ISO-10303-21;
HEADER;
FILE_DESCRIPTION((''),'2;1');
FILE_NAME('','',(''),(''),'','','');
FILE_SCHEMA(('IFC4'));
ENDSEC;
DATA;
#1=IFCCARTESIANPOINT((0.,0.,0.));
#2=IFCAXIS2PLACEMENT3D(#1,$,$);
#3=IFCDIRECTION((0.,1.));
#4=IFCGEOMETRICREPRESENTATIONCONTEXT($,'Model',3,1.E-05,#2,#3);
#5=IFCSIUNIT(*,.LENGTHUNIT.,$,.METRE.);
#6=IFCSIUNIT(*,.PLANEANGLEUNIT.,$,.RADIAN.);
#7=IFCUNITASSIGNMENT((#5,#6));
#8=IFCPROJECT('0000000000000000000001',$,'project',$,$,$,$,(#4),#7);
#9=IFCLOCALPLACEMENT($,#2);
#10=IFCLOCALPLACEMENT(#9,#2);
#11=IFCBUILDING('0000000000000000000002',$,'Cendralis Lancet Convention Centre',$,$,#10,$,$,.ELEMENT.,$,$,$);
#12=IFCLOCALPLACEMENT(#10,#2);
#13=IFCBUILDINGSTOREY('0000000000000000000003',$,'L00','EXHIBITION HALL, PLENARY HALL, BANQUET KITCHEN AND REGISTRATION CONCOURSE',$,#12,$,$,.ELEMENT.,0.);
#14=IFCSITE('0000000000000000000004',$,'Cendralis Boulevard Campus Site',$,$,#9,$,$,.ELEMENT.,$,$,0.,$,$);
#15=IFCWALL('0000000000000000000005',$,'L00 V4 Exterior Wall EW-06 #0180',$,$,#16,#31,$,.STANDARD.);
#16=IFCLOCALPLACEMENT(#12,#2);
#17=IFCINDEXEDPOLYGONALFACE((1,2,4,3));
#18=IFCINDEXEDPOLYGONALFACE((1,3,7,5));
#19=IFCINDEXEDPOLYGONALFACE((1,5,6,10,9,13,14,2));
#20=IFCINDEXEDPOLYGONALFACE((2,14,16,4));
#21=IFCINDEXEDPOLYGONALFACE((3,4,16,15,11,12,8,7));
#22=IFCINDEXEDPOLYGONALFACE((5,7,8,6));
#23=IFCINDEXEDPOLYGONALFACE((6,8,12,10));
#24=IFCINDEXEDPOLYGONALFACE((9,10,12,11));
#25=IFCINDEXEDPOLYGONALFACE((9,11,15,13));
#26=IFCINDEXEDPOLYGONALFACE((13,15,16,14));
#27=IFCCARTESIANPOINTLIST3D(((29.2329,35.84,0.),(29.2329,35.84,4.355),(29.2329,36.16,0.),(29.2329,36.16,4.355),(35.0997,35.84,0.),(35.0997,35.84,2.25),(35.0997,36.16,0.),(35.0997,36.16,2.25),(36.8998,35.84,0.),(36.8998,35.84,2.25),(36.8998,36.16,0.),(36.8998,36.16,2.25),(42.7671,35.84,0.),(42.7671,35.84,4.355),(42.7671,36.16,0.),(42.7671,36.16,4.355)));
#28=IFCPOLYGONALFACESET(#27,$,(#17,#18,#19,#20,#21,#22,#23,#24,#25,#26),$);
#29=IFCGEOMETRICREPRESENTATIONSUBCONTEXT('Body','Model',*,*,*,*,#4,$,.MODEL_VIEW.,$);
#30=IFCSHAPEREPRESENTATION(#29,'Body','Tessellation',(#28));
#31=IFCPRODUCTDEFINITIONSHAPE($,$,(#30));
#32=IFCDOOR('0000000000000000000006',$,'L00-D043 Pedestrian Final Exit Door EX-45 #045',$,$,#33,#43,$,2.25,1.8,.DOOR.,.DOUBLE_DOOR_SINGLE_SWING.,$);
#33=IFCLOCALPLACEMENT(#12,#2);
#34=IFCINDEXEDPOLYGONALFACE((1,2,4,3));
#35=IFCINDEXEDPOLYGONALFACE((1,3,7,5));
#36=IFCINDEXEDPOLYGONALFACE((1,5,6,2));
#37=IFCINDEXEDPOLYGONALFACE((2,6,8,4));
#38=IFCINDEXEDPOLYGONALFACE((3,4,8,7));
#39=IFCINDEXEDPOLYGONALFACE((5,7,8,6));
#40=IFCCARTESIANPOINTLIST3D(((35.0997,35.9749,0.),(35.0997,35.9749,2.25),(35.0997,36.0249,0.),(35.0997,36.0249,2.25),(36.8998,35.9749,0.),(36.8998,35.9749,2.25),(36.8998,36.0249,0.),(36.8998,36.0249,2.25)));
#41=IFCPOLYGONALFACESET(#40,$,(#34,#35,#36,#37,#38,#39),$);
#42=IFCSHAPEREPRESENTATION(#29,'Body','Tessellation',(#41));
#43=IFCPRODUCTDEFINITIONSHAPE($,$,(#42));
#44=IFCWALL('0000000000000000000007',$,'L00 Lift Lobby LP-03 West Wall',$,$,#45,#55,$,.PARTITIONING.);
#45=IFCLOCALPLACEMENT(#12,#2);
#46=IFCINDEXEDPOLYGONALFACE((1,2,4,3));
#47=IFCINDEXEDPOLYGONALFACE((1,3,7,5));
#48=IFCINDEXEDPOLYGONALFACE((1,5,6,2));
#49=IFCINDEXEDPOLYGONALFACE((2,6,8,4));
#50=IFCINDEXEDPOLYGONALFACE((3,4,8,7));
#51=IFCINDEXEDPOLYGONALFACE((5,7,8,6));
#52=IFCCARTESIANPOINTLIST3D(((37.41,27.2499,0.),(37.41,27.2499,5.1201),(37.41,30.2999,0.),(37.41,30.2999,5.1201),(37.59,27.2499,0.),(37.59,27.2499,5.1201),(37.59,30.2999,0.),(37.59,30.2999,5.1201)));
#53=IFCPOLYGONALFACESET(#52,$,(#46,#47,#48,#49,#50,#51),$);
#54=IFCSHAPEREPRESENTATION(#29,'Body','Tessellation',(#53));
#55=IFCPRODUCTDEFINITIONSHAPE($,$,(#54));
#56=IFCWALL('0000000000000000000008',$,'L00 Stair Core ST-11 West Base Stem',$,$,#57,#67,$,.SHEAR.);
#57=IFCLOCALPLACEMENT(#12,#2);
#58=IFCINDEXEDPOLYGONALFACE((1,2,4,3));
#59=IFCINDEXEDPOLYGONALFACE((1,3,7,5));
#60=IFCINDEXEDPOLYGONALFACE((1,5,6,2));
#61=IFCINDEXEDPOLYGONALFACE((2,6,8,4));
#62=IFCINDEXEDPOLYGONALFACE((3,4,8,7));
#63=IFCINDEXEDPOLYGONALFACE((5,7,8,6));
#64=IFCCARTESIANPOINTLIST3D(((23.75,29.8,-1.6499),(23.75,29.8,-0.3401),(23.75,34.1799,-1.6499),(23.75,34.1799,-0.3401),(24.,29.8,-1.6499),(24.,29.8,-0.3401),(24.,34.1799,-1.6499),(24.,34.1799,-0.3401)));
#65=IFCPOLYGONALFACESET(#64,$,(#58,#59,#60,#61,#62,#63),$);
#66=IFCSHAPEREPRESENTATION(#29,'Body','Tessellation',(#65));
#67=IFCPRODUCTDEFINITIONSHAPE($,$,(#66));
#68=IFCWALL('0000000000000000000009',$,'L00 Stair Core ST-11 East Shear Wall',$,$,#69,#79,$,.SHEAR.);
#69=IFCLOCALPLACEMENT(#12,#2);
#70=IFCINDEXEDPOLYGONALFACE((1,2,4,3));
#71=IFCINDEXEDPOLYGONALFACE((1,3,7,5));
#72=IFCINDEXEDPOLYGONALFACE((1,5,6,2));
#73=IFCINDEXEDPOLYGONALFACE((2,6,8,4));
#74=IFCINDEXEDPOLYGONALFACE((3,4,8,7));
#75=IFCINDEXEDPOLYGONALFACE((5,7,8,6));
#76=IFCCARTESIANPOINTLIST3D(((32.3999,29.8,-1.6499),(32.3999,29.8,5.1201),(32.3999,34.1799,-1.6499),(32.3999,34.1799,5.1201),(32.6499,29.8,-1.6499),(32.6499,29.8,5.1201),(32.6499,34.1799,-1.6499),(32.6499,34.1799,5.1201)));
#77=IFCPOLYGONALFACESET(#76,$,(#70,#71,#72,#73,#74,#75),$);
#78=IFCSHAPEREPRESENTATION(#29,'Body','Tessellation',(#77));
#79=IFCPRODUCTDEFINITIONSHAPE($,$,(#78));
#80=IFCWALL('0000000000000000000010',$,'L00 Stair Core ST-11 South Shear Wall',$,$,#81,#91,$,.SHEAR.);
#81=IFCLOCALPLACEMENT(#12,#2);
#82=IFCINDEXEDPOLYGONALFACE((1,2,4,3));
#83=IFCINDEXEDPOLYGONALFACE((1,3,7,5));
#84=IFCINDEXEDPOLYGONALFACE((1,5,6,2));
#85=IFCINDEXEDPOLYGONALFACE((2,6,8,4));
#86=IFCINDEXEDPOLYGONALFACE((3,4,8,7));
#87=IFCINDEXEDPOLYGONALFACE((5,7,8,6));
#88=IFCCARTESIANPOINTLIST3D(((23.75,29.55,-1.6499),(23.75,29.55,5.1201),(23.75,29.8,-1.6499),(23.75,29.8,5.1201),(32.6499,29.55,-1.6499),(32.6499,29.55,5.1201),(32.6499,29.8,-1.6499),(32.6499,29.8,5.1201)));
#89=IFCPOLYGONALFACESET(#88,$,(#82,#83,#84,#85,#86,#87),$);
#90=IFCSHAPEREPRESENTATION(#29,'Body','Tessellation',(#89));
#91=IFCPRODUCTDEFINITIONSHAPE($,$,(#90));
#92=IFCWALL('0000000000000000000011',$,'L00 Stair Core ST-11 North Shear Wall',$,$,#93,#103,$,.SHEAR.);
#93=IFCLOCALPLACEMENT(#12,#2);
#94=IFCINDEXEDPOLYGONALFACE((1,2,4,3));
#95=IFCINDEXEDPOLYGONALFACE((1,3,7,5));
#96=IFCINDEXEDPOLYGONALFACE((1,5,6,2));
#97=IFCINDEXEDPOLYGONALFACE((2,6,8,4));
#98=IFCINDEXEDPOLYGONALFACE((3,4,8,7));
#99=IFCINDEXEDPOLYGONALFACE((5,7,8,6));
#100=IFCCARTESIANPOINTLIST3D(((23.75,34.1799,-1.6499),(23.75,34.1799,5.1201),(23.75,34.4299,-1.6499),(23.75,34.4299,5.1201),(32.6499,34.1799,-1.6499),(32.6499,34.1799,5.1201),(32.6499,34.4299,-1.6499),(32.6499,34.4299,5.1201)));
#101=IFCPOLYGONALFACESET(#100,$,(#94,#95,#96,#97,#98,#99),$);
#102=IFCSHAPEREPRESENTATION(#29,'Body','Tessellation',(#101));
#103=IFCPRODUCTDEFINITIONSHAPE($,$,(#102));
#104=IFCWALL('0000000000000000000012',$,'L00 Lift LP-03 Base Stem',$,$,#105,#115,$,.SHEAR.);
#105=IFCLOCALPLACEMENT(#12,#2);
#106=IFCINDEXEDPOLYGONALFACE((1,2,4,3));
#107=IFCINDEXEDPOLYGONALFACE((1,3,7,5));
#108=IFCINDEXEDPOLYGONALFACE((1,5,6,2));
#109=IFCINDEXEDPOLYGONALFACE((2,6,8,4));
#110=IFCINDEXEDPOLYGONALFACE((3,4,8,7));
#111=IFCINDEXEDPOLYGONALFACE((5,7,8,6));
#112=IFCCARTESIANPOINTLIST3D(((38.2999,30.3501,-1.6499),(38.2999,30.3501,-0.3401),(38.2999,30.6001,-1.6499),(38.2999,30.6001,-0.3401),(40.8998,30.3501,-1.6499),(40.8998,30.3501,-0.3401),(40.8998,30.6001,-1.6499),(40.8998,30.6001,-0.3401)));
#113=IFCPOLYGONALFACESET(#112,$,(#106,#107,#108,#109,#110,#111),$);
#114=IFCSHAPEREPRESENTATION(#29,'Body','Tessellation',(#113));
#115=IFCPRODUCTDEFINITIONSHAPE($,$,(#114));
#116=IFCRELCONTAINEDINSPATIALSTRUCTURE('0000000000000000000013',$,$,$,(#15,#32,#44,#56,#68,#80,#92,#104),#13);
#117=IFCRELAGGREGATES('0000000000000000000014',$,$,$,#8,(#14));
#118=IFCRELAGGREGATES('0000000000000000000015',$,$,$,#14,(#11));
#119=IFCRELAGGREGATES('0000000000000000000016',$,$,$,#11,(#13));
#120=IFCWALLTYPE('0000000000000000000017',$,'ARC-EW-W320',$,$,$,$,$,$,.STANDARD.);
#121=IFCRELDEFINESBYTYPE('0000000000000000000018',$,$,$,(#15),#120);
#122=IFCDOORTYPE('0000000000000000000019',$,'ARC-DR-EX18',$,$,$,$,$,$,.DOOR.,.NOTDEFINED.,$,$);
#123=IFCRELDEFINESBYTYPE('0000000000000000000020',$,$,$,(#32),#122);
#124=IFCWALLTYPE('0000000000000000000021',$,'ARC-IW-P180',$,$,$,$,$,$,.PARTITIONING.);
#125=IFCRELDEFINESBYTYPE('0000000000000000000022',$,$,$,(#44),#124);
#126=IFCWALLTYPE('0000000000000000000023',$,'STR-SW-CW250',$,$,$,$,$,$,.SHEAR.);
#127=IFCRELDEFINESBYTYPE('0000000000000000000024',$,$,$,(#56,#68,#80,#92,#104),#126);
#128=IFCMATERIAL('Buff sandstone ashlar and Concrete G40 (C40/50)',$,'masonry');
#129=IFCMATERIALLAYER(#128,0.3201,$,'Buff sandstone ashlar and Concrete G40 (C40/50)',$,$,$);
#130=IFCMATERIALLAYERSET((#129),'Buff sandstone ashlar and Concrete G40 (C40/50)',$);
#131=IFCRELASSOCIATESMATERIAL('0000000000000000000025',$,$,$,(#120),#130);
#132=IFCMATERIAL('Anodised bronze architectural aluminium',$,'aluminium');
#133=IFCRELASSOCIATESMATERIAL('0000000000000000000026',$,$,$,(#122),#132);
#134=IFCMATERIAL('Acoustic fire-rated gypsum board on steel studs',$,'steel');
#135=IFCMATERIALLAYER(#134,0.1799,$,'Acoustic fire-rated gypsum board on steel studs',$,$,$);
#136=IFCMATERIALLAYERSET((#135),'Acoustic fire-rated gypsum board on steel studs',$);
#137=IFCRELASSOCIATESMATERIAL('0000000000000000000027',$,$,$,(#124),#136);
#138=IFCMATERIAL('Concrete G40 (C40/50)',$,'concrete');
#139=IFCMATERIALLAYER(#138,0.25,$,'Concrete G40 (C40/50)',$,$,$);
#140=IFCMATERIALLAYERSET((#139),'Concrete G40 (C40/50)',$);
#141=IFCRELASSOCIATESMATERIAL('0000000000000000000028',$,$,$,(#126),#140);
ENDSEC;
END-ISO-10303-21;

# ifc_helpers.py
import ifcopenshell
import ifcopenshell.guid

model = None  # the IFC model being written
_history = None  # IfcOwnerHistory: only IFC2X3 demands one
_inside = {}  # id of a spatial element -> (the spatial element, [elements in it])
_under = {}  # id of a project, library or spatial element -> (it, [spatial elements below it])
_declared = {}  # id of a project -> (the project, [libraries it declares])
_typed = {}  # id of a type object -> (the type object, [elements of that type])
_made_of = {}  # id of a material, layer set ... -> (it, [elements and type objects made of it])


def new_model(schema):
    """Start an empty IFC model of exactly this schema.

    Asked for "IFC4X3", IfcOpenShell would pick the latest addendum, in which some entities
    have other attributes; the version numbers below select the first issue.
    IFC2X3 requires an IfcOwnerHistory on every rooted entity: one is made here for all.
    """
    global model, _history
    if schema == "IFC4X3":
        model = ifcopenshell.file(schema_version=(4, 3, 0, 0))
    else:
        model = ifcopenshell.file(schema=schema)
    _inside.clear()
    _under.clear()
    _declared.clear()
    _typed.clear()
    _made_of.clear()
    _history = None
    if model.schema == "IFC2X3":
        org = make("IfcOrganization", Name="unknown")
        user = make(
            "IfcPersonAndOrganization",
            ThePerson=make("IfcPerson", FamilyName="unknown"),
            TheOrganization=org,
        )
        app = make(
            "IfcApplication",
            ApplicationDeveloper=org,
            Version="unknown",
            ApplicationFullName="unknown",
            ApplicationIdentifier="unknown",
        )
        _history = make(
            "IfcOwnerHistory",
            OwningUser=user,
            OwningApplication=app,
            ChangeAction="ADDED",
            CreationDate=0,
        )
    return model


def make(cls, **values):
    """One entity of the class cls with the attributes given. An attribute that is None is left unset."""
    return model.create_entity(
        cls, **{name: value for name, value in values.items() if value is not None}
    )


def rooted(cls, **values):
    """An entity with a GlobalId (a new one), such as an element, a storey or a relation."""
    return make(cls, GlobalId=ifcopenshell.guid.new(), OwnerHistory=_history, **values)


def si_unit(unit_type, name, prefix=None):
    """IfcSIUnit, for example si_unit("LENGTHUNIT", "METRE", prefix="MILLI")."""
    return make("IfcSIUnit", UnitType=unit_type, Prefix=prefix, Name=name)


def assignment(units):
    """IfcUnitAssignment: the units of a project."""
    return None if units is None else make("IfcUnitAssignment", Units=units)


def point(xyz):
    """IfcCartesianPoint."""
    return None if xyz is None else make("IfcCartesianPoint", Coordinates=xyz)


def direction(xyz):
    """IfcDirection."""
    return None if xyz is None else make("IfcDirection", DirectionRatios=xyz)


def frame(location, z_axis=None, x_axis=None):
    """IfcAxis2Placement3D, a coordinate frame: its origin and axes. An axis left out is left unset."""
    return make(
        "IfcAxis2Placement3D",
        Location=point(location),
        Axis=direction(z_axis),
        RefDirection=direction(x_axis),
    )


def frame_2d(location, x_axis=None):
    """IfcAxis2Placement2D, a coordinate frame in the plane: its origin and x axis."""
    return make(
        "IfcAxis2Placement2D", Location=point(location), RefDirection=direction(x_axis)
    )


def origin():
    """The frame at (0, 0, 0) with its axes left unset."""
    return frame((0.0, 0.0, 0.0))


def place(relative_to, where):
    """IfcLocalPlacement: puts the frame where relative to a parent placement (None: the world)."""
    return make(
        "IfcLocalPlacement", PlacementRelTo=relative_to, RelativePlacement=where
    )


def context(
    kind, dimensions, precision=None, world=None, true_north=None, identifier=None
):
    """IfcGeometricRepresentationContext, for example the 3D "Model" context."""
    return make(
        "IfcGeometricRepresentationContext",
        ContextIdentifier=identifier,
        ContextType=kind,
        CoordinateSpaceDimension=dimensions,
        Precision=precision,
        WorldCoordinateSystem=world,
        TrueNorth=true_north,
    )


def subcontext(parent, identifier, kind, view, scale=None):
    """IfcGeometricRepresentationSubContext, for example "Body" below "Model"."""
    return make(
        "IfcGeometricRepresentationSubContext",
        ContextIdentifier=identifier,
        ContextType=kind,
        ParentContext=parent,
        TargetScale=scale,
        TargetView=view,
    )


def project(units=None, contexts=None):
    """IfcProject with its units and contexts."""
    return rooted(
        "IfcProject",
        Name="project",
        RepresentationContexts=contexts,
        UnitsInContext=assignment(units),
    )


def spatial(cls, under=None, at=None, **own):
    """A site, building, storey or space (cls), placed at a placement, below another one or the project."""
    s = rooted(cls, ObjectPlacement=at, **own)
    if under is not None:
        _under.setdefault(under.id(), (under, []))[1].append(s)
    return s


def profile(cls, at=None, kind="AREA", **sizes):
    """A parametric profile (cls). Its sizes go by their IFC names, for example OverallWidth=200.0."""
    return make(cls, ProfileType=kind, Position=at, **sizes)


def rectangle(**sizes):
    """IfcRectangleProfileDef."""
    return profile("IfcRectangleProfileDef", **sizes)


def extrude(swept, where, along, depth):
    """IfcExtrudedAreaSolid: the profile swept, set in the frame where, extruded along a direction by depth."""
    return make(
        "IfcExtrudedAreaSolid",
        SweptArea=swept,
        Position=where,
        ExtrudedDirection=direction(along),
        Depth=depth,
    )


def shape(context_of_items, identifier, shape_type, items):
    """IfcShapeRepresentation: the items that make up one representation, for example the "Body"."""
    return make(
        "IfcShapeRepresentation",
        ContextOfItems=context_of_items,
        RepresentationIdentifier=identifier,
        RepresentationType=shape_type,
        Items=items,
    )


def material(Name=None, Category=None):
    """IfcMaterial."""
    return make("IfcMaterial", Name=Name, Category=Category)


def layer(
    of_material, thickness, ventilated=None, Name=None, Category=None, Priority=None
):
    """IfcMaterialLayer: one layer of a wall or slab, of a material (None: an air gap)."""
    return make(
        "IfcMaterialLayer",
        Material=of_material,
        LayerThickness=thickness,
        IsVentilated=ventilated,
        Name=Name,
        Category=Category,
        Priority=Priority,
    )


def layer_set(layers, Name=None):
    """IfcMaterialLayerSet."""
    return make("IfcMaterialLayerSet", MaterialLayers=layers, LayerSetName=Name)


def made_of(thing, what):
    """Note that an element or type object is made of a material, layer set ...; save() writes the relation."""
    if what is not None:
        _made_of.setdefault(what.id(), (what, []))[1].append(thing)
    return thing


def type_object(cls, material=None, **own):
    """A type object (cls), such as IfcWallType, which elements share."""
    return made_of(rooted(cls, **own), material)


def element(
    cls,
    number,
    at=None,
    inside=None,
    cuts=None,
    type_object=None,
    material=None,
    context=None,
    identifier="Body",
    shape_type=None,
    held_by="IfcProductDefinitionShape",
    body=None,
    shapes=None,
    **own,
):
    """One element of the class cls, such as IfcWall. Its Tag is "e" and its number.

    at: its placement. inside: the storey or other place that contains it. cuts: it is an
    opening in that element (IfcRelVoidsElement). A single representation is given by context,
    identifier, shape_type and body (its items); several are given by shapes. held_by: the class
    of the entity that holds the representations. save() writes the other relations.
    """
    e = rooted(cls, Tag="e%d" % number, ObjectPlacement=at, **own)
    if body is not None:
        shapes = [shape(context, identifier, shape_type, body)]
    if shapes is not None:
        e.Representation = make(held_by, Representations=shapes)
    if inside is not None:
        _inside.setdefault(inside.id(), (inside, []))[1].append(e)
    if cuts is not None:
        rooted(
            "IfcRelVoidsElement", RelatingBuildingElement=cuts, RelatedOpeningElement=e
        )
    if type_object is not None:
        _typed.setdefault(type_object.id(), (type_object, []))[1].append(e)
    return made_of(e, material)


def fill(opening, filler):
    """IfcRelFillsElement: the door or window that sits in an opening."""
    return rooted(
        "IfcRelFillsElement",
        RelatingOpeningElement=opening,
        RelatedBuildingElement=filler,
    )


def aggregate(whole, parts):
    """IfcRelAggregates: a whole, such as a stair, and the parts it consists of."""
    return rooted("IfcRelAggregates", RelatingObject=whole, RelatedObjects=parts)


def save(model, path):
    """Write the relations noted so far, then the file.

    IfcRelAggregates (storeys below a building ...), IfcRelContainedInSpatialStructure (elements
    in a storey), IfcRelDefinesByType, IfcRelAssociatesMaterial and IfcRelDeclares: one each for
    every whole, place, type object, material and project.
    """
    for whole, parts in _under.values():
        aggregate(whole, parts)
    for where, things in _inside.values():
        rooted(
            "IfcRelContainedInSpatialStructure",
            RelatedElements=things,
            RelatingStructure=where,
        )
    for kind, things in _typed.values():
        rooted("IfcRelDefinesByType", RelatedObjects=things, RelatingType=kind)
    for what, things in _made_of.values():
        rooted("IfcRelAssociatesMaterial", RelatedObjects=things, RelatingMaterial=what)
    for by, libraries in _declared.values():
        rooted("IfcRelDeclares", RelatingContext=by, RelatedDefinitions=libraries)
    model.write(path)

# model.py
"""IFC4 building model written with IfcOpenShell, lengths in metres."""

from ifc_helpers import new_model, si_unit, direction, frame, frame_2d, origin, place, context, subcontext, project, spatial, rectangle, extrude, material, layer, layer_set, type_object, element, fill, save


model = new_model("IFC4")

# Units and contexts
model_context = context("Model", 3, precision=1e-05, world=origin(), true_north=direction((0.0, 1.0)))
body_context = subcontext(model_context, "Body", "Model", "MODEL_VIEW")
ifc_project = project(units=[si_unit("LENGTHUNIT", "METRE"), si_unit("PLANEANGLEUNIT", "RADIAN")], contexts=[model_context])

# Site, building, storey
site_placement = place(None, origin())
site = spatial("IfcSite", under=ifc_project, at=site_placement, Name="Cendralis Boulevard Campus Site", CompositionType="ELEMENT", RefElevation=0.0)
building_placement = place(site_placement, origin())
building = spatial("IfcBuilding", under=site, at=building_placement, Name="Cendralis Lancet Convention Centre", CompositionType="ELEMENT")
storey_placement = place(building_placement, origin())
storey = spatial("IfcBuildingStorey", under=building, at=storey_placement, Name="L00", Description="EXHIBITION HALL, PLENARY HALL, BANQUET KITCHEN AND REGISTRATION CONCOURSE", CompositionType="ELEMENT", Elevation=0.0)

# Shared definitions
ifc_material_1 = material(Name="Concrete G40 (C40/50)", Category="concrete")

# Wall, opening, door
ifc_material_2 = material(Name="Buff sandstone ashlar and Concrete G40 (C40/50)", Category="masonry")
ifc_layer_1 = layer(ifc_material_2, 0.3201, Name="Buff sandstone ashlar and Concrete G40 (C40/50)")
ifc_layer_set_1 = layer_set([ifc_layer_1], Name="Buff sandstone ashlar and Concrete G40 (C40/50)")
wall_type_1 = type_object("IfcWallType", Name="ARC-EW-W320", PredefinedType="STANDARD", material=ifc_layer_set_1)
wall_1_placement = place(storey_placement, frame((29.2329, 36.0, 0.0), z_axis=(0.0, 0.0, 1.0), x_axis=(1.0, 0.0, 0.0)))
wall_1 = element("IfcWall", 1, at=wall_1_placement, inside=storey, type_object=wall_type_1, Name="L00 V4 Exterior Wall EW-06 #0180", PredefinedType="STANDARD", context=body_context, shape_type="SweptSolid", body=[
    extrude(rectangle(XDim=13.5342, YDim=0.3201, at=frame_2d((6.7671, 0.0))), origin(), (0.0, 0.0, 1.0), 4.355),
])
opening_1_placement = place(wall_1_placement, frame((5.8669, 0.0, 0.0)))
opening_1 = element("IfcOpeningElement", 2, at=opening_1_placement, cuts=wall_1, PredefinedType="OPENING", context=body_context, shape_type="SweptSolid", body=[
    extrude(rectangle(XDim=1.8, YDim=2.25, at=frame_2d((0.8999, 1.125))), frame((0.0, 0.1699, 0.0), z_axis=(0.0, -1.0, 0.0), x_axis=(1.0, 0.0, 0.0)), (0.0, 0.0, 1.0), 0.3401),
])
ifc_material_3 = material(Name="Anodised bronze architectural aluminium", Category="aluminium")
door_type_1 = type_object("IfcDoorType", Name="ARC-DR-EX18", OperationType="NOTDEFINED", PredefinedType="DOOR", material=ifc_material_3)
door_1_placement = place(opening_1_placement, origin())
door_1 = element("IfcDoor", 3, at=door_1_placement, inside=storey, type_object=door_type_1, Name="L00-D043 Pedestrian Final Exit Door EX-45 #045", OperationType="DOUBLE_DOOR_SINGLE_SWING", OverallHeight=2.25, OverallWidth=1.8, PredefinedType="DOOR", context=body_context, shape_type="SweptSolid", body=[
    extrude(rectangle(XDim=1.8, YDim=2.25, at=frame_2d((0.8999, 1.125))), frame((0.0, 0.0249, 0.0), z_axis=(0.0, -1.0, 0.0), x_axis=(1.0, 0.0, 0.0)), (0.0, 0.0, 1.0), 0.05),
])
fill(opening_1, door_1)

# Walls
ifc_material_4 = material(Name="Acoustic fire-rated gypsum board on steel studs", Category="steel")
ifc_layer_2 = layer(ifc_material_4, 0.1799, Name="Acoustic fire-rated gypsum board on steel studs")
ifc_layer_set_2 = layer_set([ifc_layer_2], Name="Acoustic fire-rated gypsum board on steel studs")
wall_type_2 = type_object("IfcWallType", Name="ARC-IW-P180", PredefinedType="PARTITIONING", material=ifc_layer_set_2)
wall_2_placement = place(storey_placement, frame((37.5, 27.25, 0.0), z_axis=(0.0, 0.0, 1.0), x_axis=(0.0, 1.0, 0.0)))
element("IfcWall", 4, at=wall_2_placement, inside=storey, type_object=wall_type_2, Name="L00 Lift Lobby LP-03 West Wall", PredefinedType="PARTITIONING", context=body_context, shape_type="SweptSolid", body=[
    extrude(rectangle(XDim=3.05, YDim=0.1799, at=frame_2d((1.5249, 0.0))), origin(), (0.0, 0.0, 1.0), 5.1201),
])
ifc_layer_3 = layer(ifc_material_1, 0.25, Name="Concrete G40 (C40/50)")
ifc_layer_set_3 = layer_set([ifc_layer_3], Name="Concrete G40 (C40/50)")
wall_type_3 = type_object("IfcWallType", Name="STR-SW-CW250", PredefinedType="SHEAR", material=ifc_layer_set_3)
wall_3_placement = place(storey_placement, frame((23.875, 29.8, -1.6499), z_axis=(0.0, 0.0, 1.0), x_axis=(0.0, 1.0, 0.0)))
element("IfcWall", 5, at=wall_3_placement, inside=storey, type_object=wall_type_3, Name="L00 Stair Core ST-11 West Base Stem", PredefinedType="SHEAR", context=body_context, shape_type="SweptSolid", body=[
    extrude(rectangle(XDim=4.3799, YDim=0.25, at=frame_2d((2.1899, 0.0))), origin(), (0.0, 0.0, 1.0), 1.3098),
])

# Walls
wall_4_placement = place(storey_placement, frame((32.5249, 29.8, -1.6499), z_axis=(0.0, 0.0, 1.0), x_axis=(0.0, 1.0, 0.0)))
element("IfcWall", 6, at=wall_4_placement, inside=storey, type_object=wall_type_3, Name="L00 Stair Core ST-11 East Shear Wall", PredefinedType="SHEAR", context=body_context, shape_type="SweptSolid", body=[
    extrude(rectangle(XDim=4.3799, YDim=0.25, at=frame_2d((2.1899, 0.0))), origin(), (0.0, 0.0, 1.0), 6.77),
])
for number, where, z_axis, x_axis, name in (
    (7, (23.75, 29.675, -1.6499), (0.0, 0.0, 1.0), (1.0, 0.0, 0.0), "L00 Stair Core ST-11 South Shear Wall"),
    (8, (23.75, 34.3049, -1.6499), (0.0, 0.0, 1.0), (1.0, 0.0, 0.0), "L00 Stair Core ST-11 North Shear Wall"),
):
    element("IfcWall", number, at=place(storey_placement, frame(where, z_axis=z_axis, x_axis=x_axis)), inside=storey, type_object=wall_type_3, Name=name, PredefinedType="SHEAR", context=body_context, shape_type="SweptSolid", body=[
        extrude(rectangle(XDim=8.8999, YDim=0.25, at=frame_2d((4.45, 0.0))), origin(), (0.0, 0.0, 1.0), 6.77),
    ])
wall_5_placement = place(storey_placement, frame((38.3, 30.4751, -1.6499), z_axis=(0.0, 0.0, 1.0), x_axis=(1.0, 0.0, 0.0)))
element("IfcWall", 9, at=wall_5_placement, inside=storey, type_object=wall_type_3, Name="L00 Lift LP-03 Base Stem", PredefinedType="SHEAR", context=body_context, shape_type="SweptSolid", body=[
    extrude(rectangle(XDim=2.5999, YDim=0.25, at=frame_2d((1.2998, 0.0))), origin(), (0.0, 0.0, 1.0), 1.3098),
])

save(model, "model.ifc")
